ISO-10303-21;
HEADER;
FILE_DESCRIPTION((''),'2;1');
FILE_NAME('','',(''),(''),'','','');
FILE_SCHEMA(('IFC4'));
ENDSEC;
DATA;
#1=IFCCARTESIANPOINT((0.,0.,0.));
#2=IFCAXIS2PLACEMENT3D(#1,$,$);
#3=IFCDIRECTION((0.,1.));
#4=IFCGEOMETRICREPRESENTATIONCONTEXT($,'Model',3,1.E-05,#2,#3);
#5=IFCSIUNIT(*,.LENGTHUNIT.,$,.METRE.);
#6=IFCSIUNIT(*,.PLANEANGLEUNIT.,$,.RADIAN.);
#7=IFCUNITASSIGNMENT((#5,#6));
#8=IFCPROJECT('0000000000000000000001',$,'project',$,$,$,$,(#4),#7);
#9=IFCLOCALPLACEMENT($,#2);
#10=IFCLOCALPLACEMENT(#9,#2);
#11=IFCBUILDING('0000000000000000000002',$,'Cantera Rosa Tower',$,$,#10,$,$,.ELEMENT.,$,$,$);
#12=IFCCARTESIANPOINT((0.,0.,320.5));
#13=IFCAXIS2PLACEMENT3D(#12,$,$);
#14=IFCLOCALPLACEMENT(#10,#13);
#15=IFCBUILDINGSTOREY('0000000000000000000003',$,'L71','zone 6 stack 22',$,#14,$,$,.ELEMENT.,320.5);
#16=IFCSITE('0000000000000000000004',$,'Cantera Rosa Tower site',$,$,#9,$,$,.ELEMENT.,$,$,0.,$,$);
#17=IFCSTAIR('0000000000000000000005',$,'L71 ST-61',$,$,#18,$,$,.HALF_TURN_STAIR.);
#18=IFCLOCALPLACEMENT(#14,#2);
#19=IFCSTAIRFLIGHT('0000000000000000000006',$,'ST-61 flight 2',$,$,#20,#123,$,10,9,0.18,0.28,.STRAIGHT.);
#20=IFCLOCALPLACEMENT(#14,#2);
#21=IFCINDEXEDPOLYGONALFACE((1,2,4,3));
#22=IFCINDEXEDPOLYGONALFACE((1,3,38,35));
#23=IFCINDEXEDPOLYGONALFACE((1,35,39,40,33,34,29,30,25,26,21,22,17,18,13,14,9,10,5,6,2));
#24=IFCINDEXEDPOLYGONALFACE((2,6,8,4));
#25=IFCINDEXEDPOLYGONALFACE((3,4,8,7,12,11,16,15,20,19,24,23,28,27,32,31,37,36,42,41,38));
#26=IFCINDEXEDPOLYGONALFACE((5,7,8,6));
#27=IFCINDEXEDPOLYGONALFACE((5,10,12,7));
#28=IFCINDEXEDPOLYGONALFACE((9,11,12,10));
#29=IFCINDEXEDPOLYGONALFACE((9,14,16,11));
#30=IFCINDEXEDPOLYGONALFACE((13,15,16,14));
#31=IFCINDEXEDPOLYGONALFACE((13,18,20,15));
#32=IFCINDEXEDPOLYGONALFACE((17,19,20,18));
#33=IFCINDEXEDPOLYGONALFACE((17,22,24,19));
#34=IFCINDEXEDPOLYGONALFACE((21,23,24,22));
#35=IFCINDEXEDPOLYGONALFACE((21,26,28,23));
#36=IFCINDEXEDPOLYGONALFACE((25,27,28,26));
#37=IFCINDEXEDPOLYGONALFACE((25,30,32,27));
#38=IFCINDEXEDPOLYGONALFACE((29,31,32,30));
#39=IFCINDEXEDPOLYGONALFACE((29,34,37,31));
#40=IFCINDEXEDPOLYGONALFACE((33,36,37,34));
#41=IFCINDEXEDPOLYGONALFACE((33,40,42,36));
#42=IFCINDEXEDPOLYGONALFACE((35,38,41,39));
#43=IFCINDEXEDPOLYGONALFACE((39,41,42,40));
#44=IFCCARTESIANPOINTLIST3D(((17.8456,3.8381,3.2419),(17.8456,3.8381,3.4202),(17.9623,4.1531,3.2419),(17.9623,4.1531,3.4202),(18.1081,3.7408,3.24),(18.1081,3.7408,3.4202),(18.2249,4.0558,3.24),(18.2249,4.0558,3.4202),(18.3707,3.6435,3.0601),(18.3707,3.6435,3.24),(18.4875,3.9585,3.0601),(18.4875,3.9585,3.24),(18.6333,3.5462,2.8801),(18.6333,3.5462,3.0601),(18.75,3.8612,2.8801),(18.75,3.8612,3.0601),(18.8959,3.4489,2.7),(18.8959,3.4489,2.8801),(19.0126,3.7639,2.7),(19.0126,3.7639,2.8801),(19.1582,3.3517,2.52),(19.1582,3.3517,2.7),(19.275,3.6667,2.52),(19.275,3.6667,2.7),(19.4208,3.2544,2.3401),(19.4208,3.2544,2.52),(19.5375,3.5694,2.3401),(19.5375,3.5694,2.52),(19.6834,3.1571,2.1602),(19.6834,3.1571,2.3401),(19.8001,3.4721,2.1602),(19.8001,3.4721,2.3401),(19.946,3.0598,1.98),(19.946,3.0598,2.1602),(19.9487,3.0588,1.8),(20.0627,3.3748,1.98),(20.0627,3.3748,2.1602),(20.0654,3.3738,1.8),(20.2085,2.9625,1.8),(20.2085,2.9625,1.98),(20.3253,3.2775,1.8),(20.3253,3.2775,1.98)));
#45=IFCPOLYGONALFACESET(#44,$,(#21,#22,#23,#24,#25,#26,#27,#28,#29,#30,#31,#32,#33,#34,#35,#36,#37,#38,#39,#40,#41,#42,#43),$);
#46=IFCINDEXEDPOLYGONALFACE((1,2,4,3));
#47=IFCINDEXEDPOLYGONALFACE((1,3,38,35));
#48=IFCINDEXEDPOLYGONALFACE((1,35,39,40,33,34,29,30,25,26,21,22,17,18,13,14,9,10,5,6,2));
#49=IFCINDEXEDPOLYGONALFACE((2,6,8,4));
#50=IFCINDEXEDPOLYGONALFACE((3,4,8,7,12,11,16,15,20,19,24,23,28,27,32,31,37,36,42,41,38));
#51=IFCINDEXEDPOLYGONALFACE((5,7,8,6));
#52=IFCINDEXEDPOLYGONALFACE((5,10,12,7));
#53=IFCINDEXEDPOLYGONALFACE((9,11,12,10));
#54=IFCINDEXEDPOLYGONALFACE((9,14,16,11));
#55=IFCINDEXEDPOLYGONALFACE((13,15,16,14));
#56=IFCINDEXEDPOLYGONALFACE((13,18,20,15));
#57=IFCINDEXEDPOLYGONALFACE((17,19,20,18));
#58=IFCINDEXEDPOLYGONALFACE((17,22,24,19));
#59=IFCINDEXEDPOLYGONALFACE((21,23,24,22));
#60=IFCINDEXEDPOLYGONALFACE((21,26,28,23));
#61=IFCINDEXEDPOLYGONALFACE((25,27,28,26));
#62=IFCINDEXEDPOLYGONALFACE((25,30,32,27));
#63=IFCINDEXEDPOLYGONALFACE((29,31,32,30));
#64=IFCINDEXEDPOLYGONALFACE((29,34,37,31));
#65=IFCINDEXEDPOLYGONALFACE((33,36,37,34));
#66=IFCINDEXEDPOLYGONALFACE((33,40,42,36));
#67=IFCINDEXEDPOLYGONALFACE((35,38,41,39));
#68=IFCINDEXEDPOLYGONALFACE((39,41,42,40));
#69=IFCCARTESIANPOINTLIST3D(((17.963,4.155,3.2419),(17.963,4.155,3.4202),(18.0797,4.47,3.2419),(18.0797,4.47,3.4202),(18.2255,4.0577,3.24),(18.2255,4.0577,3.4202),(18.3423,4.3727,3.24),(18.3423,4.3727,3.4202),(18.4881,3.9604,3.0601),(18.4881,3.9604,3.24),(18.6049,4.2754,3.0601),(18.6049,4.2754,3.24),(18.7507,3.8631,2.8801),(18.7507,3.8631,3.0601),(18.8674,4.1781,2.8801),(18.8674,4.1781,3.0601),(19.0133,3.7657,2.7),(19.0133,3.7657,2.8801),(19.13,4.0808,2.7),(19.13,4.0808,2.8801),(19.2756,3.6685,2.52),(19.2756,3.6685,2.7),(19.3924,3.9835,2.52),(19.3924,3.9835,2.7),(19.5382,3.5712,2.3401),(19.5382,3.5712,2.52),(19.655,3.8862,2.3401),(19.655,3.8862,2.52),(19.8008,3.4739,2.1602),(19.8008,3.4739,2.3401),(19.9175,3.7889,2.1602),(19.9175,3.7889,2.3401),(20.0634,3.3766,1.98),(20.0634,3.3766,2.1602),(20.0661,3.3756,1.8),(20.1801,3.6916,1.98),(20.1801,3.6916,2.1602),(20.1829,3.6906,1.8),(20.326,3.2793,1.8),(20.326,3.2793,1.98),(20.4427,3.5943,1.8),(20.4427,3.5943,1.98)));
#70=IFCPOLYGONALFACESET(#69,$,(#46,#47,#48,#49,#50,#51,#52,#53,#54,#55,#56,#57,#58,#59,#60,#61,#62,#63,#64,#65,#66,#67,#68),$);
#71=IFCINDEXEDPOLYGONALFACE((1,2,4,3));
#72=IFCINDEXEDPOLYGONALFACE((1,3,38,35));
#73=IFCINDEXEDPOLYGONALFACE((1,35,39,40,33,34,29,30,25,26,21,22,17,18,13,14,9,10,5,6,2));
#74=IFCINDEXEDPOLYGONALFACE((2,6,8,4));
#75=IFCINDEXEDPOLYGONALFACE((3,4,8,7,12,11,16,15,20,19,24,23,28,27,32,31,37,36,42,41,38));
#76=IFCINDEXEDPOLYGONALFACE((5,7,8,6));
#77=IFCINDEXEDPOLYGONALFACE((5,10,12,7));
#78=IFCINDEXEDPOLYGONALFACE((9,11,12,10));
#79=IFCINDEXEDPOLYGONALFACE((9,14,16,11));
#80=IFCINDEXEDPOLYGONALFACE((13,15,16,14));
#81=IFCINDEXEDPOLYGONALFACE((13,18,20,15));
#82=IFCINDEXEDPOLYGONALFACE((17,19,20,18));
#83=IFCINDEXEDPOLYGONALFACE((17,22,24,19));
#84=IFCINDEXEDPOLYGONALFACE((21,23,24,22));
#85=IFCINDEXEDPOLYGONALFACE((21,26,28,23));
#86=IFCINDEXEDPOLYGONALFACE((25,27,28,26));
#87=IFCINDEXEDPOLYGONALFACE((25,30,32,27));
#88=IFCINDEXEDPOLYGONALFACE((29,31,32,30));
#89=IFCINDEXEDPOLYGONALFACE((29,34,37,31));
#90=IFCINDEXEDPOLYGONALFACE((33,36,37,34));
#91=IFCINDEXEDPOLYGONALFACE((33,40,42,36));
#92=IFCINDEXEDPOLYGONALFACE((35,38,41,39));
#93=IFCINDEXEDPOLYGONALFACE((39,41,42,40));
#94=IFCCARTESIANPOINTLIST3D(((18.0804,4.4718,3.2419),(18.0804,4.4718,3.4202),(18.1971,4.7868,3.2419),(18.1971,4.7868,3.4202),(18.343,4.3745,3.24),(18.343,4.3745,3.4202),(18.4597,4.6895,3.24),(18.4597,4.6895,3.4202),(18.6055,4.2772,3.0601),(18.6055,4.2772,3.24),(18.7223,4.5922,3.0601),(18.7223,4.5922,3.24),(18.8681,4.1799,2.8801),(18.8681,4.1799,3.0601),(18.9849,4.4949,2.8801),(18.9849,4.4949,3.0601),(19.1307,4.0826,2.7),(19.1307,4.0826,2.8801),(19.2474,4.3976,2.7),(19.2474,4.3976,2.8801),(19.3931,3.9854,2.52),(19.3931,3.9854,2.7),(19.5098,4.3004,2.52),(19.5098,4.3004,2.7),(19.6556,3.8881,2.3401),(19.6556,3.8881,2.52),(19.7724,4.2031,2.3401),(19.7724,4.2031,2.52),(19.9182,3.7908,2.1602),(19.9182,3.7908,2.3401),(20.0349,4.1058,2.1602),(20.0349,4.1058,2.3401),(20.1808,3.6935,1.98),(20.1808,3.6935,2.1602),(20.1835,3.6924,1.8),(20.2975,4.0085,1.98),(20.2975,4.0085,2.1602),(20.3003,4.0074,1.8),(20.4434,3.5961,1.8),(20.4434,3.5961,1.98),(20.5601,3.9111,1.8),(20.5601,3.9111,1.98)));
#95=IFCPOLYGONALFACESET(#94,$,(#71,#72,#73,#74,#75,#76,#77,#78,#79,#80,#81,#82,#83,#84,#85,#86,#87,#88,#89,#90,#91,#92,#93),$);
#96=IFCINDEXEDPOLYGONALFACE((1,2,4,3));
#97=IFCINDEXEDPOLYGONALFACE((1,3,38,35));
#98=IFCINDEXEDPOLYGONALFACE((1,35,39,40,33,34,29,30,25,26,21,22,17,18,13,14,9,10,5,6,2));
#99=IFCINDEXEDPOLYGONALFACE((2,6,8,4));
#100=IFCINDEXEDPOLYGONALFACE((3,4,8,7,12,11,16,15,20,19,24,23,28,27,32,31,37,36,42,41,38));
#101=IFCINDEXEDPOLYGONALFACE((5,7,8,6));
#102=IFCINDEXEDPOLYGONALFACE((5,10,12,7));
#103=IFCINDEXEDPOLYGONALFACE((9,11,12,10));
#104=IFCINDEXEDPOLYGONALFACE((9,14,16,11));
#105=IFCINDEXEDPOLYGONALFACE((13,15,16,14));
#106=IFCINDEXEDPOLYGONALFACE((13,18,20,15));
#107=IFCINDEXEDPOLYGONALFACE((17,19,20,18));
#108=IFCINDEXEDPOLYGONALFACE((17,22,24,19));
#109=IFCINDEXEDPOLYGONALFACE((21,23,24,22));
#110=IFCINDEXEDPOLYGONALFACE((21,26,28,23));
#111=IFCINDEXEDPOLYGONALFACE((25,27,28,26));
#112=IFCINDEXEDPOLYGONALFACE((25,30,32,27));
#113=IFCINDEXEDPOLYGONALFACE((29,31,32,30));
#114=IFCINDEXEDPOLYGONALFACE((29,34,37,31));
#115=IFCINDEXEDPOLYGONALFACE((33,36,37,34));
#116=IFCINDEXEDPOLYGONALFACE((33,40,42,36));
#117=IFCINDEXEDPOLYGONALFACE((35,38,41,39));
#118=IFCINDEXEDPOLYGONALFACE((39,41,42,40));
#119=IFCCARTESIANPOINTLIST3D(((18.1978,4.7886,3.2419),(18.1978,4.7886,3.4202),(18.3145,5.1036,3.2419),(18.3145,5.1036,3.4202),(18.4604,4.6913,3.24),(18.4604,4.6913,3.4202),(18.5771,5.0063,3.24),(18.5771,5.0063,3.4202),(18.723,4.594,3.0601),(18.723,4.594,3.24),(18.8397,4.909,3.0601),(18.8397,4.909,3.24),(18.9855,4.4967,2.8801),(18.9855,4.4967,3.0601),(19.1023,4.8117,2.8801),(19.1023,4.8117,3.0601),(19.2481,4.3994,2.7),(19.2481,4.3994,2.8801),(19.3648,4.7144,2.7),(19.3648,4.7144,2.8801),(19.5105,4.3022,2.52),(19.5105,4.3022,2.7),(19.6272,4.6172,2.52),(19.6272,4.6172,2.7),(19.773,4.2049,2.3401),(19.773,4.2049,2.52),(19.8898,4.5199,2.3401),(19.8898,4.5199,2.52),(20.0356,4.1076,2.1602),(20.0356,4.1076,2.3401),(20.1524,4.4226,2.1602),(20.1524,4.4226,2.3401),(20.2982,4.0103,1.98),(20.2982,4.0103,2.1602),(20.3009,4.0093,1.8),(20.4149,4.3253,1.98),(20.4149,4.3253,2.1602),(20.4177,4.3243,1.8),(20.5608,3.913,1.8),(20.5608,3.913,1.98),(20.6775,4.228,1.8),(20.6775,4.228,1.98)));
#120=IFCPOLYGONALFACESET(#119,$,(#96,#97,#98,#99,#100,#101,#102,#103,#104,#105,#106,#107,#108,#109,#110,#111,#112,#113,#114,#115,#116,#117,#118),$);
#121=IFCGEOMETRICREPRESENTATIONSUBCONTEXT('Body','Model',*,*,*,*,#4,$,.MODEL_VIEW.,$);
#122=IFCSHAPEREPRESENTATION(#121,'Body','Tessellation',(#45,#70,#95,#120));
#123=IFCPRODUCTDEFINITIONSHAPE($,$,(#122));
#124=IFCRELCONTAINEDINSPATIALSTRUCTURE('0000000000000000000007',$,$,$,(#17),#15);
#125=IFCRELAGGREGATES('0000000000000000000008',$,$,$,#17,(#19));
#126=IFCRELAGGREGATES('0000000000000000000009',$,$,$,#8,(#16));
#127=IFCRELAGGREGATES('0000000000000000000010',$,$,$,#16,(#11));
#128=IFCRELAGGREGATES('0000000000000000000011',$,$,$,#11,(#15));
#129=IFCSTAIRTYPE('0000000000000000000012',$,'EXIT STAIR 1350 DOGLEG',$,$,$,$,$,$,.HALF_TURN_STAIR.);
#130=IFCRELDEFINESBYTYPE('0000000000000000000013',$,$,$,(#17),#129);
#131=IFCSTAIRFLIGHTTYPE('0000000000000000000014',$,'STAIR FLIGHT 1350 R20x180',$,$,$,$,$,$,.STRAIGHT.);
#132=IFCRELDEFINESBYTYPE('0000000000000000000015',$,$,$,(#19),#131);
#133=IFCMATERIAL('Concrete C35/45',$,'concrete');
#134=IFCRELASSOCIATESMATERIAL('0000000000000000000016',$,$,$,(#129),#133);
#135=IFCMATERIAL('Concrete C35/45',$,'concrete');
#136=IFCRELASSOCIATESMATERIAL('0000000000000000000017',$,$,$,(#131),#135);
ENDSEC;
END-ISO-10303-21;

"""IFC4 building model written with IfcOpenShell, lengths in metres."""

from ifc_helpers import new_model, si_unit, direction, frame, origin, place, context, subcontext, project, spatial, polyline, outline, extrude, material, type_object, element, aggregate, save


model = new_model("IFC4")

# Units and contexts
model_context = context("Model", 3, precision=1e-05, world=origin(), true_north=direction((0.0, 1.0)))
body_context = subcontext(model_context, "Body", "Model", "MODEL_VIEW")
ifc_project = project(units=[si_unit("LENGTHUNIT", "METRE"), si_unit("PLANEANGLEUNIT", "RADIAN")], contexts=[model_context])

# Site, building, storey
site_placement = place(None, origin())
site = spatial("IfcSite", under=ifc_project, at=site_placement, Name="Cantera Rosa Tower site", CompositionType="ELEMENT", RefElevation=0.0)
building_placement = place(site_placement, origin())
building = spatial("IfcBuilding", under=site, at=building_placement, Name="Cantera Rosa Tower", CompositionType="ELEMENT")
storey_placement = place(building_placement, frame((0.0, 0.0, 320.5)))
storey = spatial("IfcBuildingStorey", under=building, at=storey_placement, Name="L71", Description="zone 6 stack 22", CompositionType="ELEMENT", Elevation=320.5)

# Stair, stair flight
ifc_material_1 = material(Name="Concrete C35/45", Category="concrete")
stair_type = type_object("IfcStairType", Name="EXIT STAIR 1350 DOGLEG", PredefinedType="HALF_TURN_STAIR", material=ifc_material_1)
stair_placement = place(storey_placement, origin())
stair = element("IfcStair", 1, at=stair_placement, inside=storey, type_object=stair_type, Name="L71 ST-61", PredefinedType="HALF_TURN_STAIR")
ifc_material_2 = material(Name="Concrete C35/45", Category="concrete")
stair_flight_type = type_object("IfcStairFlightType", Name="STAIR FLIGHT 1350 R20x180", PredefinedType="STRAIGHT", material=ifc_material_2)
stair_flight_1_placement = place(storey_placement, frame((20.4431, 3.5955, 1.8), z_axis=(0.0, 0.0, 1.0), x_axis=(-0.937687, 0.347481, 0.0)))
stair_flight_1 = element("IfcStairFlight", 2, at=stair_flight_1_placement, type_object=stair_flight_type, Name="ST-61 flight 2", NumberOfRisers=10, NumberOfTreads=9, PredefinedType="STRAIGHT", RiserHeight=0.18, TreadLength=0.28, context=body_context, shape_type="SweptSolid", body=[
    extrude(outline(polyline([(0.0, 0.0), (0.0, 0.1799), (0.28, 0.1799), (0.28, 0.3601), (0.5601, 0.3601), (0.5601, 0.54), (0.8401, 0.54), (0.8401, 0.72), (1.1201, 0.72), (1.1201, 0.8999), (1.3999, 0.8999), (1.3999, 1.0801), (1.6799, 1.0801), (1.6799, 1.26), (1.96, 1.26), (1.96, 1.4399), (2.24, 1.4399), (2.24, 1.6201), (2.52, 1.6201), (2.52, 1.8), (2.52, 1.4419), (0.2771, 0.0), (0.0, 0.0)])), frame((0.0, 0.675, 0.0), z_axis=(0.0, -1.0, 0.0), x_axis=(1.0, 0.0, 0.0)), (0.0, 0.0, 1.0), 0.3359),
    extrude(outline(polyline([(0.0, 0.0), (0.0, 0.1799), (0.28, 0.1799), (0.28, 0.3601), (0.5601, 0.3601), (0.5601, 0.54), (0.8401, 0.54), (0.8401, 0.72), (1.1201, 0.72), (1.1201, 0.8999), (1.3999, 0.8999), (1.3999, 1.0801), (1.6799, 1.0801), (1.6799, 1.26), (1.96, 1.26), (1.96, 1.4399), (2.24, 1.4399), (2.24, 1.6201), (2.52, 1.6201), (2.52, 1.8), (2.52, 1.4419), (0.2771, 0.0), (0.0, 0.0)])), frame((0.0, 0.3372, 0.0), z_axis=(0.0, -1.0, 0.0), x_axis=(1.0, 0.0, 0.0)), (0.0, 0.0, 1.0), 0.3359),
    extrude(outline(polyline([(0.0, 0.0), (0.0, 0.1799), (0.28, 0.1799), (0.28, 0.3601), (0.5601, 0.3601), (0.5601, 0.54), (0.8401, 0.54), (0.8401, 0.72), (1.1201, 0.72), (1.1201, 0.8999), (1.3999, 0.8999), (1.3999, 1.0801), (1.6799, 1.0801), (1.6799, 1.26), (1.96, 1.26), (1.96, 1.4399), (2.24, 1.4399), (2.24, 1.6201), (2.52, 1.6201), (2.52, 1.8), (2.52, 1.4419), (0.2771, 0.0), (0.0, 0.0)])), frame((0.0, -0.0007, 0.0), z_axis=(0.0, -1.0, 0.0), x_axis=(1.0, 0.0, 0.0)), (0.0, 0.0, 1.0), 0.3359),
    extrude(outline(polyline([(0.0, 0.0), (0.0, 0.1799), (0.28, 0.1799), (0.28, 0.3601), (0.5601, 0.3601), (0.5601, 0.54), (0.8401, 0.54), (0.8401, 0.72), (1.1201, 0.72), (1.1201, 0.8999), (1.3999, 0.8999), (1.3999, 1.0801), (1.6799, 1.0801), (1.6799, 1.26), (1.96, 1.26), (1.96, 1.4399), (2.24, 1.4399), (2.24, 1.6201), (2.52, 1.6201), (2.52, 1.8), (2.52, 1.4419), (0.2771, 0.0), (0.0, 0.0)])), frame((0.0, -0.3386, 0.0), z_axis=(0.0, -1.0, 0.0), x_axis=(1.0, 0.0, 0.0)), (0.0, 0.0, 1.0), 0.3359),
])
aggregate(stair, [stair_flight_1])

save(model, "model.ifc")
